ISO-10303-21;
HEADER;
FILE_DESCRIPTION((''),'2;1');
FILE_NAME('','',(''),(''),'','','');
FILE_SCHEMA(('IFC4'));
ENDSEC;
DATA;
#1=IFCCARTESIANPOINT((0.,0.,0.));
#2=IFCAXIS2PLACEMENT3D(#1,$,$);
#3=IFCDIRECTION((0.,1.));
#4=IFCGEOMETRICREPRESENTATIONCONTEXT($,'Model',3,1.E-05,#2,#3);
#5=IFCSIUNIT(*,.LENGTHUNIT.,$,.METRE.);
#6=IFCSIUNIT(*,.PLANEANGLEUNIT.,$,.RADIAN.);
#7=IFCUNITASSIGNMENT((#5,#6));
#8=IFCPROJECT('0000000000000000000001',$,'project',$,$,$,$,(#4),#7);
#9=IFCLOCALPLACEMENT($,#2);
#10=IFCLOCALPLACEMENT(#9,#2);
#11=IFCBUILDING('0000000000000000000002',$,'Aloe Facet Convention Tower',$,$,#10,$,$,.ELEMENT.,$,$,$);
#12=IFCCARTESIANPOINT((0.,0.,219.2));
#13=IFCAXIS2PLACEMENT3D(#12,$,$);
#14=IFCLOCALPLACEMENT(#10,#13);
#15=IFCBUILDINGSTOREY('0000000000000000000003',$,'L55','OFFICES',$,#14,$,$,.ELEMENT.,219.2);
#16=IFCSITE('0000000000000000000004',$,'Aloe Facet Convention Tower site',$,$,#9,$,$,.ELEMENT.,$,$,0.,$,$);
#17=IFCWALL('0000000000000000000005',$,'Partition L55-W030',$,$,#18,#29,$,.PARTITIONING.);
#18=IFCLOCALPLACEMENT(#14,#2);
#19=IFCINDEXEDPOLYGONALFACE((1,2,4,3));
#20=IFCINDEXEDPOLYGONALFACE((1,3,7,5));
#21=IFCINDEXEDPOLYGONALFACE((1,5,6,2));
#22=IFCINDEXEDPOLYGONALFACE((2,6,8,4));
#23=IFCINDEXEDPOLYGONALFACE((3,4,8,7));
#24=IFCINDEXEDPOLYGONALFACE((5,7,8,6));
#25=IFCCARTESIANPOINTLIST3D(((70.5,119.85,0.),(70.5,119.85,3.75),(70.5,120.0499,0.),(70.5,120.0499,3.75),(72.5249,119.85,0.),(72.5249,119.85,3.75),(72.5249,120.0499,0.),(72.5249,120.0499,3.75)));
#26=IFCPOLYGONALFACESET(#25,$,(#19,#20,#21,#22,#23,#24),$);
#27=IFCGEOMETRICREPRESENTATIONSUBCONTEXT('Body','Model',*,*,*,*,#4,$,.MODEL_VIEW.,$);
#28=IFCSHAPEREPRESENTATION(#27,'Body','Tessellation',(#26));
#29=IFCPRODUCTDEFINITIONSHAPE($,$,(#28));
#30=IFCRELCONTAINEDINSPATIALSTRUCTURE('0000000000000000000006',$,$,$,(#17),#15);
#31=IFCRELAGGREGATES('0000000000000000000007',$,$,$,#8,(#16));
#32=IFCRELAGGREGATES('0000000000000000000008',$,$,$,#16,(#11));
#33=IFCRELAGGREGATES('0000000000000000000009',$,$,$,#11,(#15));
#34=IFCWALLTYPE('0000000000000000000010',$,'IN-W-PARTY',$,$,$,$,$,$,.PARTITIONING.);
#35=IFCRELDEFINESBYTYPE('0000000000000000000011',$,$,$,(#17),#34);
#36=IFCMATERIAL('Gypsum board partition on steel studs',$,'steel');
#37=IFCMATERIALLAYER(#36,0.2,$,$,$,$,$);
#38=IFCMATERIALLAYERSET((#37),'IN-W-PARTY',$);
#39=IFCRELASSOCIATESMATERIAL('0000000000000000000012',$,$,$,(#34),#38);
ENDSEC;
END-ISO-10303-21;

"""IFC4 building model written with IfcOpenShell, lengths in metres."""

from ifc_helpers import new_model, si_unit, direction, frame, frame_2d, origin, place, context, subcontext, project, spatial, rectangle, extrude, material, layer, layer_set, type_object, element, save


model = new_model("IFC4")

# Units and contexts
model_context = context("Model", 3, precision=1e-05, world=origin(), true_north=direction((0.0, 1.0)))
body_context = subcontext(model_context, "Body", "Model", "MODEL_VIEW")
ifc_project = project(units=[si_unit("LENGTHUNIT", "METRE"), si_unit("PLANEANGLEUNIT", "RADIAN")], contexts=[model_context])

# Site, building, storey
site_placement = place(None, origin())
site = spatial("IfcSite", under=ifc_project, at=site_placement, Name="Aloe Facet Convention Tower site", CompositionType="ELEMENT", RefElevation=0.0)
building_placement = place(site_placement, origin())
building = spatial("IfcBuilding", under=site, at=building_placement, Name="Aloe Facet Convention Tower", CompositionType="ELEMENT")
storey_placement = place(building_placement, frame((0.0, 0.0, 219.2)))
storey = spatial("IfcBuildingStorey", under=building, at=storey_placement, Name="L55", Description="OFFICES", CompositionType="ELEMENT", Elevation=219.2)

# Wall
ifc_material_1 = material(Name="Gypsum board partition on steel studs", Category="steel")
ifc_layer_1 = layer(ifc_material_1, 0.2)
ifc_layer_set_1 = layer_set([ifc_layer_1], Name="IN-W-PARTY")
wall_type_1 = type_object("IfcWallType", Name="IN-W-PARTY", PredefinedType="PARTITIONING", material=ifc_layer_set_1)
wall_1_placement = place(storey_placement, frame((70.5, 119.95, 0.0), z_axis=(0.0, 0.0, 1.0), x_axis=(1.0, 0.0, 0.0)))
element("IfcWall", 1, at=wall_1_placement, inside=storey, type_object=wall_type_1, Name="Partition L55-W030", PredefinedType="PARTITIONING", context=body_context, shape_type="SweptSolid", body=[
    extrude(rectangle(XDim=2.0249, YDim=0.2, at=frame_2d((1.0125, 0.0))), origin(), (0.0, 0.0, 1.0), 3.75),
])

save(model, "model.ifc")
